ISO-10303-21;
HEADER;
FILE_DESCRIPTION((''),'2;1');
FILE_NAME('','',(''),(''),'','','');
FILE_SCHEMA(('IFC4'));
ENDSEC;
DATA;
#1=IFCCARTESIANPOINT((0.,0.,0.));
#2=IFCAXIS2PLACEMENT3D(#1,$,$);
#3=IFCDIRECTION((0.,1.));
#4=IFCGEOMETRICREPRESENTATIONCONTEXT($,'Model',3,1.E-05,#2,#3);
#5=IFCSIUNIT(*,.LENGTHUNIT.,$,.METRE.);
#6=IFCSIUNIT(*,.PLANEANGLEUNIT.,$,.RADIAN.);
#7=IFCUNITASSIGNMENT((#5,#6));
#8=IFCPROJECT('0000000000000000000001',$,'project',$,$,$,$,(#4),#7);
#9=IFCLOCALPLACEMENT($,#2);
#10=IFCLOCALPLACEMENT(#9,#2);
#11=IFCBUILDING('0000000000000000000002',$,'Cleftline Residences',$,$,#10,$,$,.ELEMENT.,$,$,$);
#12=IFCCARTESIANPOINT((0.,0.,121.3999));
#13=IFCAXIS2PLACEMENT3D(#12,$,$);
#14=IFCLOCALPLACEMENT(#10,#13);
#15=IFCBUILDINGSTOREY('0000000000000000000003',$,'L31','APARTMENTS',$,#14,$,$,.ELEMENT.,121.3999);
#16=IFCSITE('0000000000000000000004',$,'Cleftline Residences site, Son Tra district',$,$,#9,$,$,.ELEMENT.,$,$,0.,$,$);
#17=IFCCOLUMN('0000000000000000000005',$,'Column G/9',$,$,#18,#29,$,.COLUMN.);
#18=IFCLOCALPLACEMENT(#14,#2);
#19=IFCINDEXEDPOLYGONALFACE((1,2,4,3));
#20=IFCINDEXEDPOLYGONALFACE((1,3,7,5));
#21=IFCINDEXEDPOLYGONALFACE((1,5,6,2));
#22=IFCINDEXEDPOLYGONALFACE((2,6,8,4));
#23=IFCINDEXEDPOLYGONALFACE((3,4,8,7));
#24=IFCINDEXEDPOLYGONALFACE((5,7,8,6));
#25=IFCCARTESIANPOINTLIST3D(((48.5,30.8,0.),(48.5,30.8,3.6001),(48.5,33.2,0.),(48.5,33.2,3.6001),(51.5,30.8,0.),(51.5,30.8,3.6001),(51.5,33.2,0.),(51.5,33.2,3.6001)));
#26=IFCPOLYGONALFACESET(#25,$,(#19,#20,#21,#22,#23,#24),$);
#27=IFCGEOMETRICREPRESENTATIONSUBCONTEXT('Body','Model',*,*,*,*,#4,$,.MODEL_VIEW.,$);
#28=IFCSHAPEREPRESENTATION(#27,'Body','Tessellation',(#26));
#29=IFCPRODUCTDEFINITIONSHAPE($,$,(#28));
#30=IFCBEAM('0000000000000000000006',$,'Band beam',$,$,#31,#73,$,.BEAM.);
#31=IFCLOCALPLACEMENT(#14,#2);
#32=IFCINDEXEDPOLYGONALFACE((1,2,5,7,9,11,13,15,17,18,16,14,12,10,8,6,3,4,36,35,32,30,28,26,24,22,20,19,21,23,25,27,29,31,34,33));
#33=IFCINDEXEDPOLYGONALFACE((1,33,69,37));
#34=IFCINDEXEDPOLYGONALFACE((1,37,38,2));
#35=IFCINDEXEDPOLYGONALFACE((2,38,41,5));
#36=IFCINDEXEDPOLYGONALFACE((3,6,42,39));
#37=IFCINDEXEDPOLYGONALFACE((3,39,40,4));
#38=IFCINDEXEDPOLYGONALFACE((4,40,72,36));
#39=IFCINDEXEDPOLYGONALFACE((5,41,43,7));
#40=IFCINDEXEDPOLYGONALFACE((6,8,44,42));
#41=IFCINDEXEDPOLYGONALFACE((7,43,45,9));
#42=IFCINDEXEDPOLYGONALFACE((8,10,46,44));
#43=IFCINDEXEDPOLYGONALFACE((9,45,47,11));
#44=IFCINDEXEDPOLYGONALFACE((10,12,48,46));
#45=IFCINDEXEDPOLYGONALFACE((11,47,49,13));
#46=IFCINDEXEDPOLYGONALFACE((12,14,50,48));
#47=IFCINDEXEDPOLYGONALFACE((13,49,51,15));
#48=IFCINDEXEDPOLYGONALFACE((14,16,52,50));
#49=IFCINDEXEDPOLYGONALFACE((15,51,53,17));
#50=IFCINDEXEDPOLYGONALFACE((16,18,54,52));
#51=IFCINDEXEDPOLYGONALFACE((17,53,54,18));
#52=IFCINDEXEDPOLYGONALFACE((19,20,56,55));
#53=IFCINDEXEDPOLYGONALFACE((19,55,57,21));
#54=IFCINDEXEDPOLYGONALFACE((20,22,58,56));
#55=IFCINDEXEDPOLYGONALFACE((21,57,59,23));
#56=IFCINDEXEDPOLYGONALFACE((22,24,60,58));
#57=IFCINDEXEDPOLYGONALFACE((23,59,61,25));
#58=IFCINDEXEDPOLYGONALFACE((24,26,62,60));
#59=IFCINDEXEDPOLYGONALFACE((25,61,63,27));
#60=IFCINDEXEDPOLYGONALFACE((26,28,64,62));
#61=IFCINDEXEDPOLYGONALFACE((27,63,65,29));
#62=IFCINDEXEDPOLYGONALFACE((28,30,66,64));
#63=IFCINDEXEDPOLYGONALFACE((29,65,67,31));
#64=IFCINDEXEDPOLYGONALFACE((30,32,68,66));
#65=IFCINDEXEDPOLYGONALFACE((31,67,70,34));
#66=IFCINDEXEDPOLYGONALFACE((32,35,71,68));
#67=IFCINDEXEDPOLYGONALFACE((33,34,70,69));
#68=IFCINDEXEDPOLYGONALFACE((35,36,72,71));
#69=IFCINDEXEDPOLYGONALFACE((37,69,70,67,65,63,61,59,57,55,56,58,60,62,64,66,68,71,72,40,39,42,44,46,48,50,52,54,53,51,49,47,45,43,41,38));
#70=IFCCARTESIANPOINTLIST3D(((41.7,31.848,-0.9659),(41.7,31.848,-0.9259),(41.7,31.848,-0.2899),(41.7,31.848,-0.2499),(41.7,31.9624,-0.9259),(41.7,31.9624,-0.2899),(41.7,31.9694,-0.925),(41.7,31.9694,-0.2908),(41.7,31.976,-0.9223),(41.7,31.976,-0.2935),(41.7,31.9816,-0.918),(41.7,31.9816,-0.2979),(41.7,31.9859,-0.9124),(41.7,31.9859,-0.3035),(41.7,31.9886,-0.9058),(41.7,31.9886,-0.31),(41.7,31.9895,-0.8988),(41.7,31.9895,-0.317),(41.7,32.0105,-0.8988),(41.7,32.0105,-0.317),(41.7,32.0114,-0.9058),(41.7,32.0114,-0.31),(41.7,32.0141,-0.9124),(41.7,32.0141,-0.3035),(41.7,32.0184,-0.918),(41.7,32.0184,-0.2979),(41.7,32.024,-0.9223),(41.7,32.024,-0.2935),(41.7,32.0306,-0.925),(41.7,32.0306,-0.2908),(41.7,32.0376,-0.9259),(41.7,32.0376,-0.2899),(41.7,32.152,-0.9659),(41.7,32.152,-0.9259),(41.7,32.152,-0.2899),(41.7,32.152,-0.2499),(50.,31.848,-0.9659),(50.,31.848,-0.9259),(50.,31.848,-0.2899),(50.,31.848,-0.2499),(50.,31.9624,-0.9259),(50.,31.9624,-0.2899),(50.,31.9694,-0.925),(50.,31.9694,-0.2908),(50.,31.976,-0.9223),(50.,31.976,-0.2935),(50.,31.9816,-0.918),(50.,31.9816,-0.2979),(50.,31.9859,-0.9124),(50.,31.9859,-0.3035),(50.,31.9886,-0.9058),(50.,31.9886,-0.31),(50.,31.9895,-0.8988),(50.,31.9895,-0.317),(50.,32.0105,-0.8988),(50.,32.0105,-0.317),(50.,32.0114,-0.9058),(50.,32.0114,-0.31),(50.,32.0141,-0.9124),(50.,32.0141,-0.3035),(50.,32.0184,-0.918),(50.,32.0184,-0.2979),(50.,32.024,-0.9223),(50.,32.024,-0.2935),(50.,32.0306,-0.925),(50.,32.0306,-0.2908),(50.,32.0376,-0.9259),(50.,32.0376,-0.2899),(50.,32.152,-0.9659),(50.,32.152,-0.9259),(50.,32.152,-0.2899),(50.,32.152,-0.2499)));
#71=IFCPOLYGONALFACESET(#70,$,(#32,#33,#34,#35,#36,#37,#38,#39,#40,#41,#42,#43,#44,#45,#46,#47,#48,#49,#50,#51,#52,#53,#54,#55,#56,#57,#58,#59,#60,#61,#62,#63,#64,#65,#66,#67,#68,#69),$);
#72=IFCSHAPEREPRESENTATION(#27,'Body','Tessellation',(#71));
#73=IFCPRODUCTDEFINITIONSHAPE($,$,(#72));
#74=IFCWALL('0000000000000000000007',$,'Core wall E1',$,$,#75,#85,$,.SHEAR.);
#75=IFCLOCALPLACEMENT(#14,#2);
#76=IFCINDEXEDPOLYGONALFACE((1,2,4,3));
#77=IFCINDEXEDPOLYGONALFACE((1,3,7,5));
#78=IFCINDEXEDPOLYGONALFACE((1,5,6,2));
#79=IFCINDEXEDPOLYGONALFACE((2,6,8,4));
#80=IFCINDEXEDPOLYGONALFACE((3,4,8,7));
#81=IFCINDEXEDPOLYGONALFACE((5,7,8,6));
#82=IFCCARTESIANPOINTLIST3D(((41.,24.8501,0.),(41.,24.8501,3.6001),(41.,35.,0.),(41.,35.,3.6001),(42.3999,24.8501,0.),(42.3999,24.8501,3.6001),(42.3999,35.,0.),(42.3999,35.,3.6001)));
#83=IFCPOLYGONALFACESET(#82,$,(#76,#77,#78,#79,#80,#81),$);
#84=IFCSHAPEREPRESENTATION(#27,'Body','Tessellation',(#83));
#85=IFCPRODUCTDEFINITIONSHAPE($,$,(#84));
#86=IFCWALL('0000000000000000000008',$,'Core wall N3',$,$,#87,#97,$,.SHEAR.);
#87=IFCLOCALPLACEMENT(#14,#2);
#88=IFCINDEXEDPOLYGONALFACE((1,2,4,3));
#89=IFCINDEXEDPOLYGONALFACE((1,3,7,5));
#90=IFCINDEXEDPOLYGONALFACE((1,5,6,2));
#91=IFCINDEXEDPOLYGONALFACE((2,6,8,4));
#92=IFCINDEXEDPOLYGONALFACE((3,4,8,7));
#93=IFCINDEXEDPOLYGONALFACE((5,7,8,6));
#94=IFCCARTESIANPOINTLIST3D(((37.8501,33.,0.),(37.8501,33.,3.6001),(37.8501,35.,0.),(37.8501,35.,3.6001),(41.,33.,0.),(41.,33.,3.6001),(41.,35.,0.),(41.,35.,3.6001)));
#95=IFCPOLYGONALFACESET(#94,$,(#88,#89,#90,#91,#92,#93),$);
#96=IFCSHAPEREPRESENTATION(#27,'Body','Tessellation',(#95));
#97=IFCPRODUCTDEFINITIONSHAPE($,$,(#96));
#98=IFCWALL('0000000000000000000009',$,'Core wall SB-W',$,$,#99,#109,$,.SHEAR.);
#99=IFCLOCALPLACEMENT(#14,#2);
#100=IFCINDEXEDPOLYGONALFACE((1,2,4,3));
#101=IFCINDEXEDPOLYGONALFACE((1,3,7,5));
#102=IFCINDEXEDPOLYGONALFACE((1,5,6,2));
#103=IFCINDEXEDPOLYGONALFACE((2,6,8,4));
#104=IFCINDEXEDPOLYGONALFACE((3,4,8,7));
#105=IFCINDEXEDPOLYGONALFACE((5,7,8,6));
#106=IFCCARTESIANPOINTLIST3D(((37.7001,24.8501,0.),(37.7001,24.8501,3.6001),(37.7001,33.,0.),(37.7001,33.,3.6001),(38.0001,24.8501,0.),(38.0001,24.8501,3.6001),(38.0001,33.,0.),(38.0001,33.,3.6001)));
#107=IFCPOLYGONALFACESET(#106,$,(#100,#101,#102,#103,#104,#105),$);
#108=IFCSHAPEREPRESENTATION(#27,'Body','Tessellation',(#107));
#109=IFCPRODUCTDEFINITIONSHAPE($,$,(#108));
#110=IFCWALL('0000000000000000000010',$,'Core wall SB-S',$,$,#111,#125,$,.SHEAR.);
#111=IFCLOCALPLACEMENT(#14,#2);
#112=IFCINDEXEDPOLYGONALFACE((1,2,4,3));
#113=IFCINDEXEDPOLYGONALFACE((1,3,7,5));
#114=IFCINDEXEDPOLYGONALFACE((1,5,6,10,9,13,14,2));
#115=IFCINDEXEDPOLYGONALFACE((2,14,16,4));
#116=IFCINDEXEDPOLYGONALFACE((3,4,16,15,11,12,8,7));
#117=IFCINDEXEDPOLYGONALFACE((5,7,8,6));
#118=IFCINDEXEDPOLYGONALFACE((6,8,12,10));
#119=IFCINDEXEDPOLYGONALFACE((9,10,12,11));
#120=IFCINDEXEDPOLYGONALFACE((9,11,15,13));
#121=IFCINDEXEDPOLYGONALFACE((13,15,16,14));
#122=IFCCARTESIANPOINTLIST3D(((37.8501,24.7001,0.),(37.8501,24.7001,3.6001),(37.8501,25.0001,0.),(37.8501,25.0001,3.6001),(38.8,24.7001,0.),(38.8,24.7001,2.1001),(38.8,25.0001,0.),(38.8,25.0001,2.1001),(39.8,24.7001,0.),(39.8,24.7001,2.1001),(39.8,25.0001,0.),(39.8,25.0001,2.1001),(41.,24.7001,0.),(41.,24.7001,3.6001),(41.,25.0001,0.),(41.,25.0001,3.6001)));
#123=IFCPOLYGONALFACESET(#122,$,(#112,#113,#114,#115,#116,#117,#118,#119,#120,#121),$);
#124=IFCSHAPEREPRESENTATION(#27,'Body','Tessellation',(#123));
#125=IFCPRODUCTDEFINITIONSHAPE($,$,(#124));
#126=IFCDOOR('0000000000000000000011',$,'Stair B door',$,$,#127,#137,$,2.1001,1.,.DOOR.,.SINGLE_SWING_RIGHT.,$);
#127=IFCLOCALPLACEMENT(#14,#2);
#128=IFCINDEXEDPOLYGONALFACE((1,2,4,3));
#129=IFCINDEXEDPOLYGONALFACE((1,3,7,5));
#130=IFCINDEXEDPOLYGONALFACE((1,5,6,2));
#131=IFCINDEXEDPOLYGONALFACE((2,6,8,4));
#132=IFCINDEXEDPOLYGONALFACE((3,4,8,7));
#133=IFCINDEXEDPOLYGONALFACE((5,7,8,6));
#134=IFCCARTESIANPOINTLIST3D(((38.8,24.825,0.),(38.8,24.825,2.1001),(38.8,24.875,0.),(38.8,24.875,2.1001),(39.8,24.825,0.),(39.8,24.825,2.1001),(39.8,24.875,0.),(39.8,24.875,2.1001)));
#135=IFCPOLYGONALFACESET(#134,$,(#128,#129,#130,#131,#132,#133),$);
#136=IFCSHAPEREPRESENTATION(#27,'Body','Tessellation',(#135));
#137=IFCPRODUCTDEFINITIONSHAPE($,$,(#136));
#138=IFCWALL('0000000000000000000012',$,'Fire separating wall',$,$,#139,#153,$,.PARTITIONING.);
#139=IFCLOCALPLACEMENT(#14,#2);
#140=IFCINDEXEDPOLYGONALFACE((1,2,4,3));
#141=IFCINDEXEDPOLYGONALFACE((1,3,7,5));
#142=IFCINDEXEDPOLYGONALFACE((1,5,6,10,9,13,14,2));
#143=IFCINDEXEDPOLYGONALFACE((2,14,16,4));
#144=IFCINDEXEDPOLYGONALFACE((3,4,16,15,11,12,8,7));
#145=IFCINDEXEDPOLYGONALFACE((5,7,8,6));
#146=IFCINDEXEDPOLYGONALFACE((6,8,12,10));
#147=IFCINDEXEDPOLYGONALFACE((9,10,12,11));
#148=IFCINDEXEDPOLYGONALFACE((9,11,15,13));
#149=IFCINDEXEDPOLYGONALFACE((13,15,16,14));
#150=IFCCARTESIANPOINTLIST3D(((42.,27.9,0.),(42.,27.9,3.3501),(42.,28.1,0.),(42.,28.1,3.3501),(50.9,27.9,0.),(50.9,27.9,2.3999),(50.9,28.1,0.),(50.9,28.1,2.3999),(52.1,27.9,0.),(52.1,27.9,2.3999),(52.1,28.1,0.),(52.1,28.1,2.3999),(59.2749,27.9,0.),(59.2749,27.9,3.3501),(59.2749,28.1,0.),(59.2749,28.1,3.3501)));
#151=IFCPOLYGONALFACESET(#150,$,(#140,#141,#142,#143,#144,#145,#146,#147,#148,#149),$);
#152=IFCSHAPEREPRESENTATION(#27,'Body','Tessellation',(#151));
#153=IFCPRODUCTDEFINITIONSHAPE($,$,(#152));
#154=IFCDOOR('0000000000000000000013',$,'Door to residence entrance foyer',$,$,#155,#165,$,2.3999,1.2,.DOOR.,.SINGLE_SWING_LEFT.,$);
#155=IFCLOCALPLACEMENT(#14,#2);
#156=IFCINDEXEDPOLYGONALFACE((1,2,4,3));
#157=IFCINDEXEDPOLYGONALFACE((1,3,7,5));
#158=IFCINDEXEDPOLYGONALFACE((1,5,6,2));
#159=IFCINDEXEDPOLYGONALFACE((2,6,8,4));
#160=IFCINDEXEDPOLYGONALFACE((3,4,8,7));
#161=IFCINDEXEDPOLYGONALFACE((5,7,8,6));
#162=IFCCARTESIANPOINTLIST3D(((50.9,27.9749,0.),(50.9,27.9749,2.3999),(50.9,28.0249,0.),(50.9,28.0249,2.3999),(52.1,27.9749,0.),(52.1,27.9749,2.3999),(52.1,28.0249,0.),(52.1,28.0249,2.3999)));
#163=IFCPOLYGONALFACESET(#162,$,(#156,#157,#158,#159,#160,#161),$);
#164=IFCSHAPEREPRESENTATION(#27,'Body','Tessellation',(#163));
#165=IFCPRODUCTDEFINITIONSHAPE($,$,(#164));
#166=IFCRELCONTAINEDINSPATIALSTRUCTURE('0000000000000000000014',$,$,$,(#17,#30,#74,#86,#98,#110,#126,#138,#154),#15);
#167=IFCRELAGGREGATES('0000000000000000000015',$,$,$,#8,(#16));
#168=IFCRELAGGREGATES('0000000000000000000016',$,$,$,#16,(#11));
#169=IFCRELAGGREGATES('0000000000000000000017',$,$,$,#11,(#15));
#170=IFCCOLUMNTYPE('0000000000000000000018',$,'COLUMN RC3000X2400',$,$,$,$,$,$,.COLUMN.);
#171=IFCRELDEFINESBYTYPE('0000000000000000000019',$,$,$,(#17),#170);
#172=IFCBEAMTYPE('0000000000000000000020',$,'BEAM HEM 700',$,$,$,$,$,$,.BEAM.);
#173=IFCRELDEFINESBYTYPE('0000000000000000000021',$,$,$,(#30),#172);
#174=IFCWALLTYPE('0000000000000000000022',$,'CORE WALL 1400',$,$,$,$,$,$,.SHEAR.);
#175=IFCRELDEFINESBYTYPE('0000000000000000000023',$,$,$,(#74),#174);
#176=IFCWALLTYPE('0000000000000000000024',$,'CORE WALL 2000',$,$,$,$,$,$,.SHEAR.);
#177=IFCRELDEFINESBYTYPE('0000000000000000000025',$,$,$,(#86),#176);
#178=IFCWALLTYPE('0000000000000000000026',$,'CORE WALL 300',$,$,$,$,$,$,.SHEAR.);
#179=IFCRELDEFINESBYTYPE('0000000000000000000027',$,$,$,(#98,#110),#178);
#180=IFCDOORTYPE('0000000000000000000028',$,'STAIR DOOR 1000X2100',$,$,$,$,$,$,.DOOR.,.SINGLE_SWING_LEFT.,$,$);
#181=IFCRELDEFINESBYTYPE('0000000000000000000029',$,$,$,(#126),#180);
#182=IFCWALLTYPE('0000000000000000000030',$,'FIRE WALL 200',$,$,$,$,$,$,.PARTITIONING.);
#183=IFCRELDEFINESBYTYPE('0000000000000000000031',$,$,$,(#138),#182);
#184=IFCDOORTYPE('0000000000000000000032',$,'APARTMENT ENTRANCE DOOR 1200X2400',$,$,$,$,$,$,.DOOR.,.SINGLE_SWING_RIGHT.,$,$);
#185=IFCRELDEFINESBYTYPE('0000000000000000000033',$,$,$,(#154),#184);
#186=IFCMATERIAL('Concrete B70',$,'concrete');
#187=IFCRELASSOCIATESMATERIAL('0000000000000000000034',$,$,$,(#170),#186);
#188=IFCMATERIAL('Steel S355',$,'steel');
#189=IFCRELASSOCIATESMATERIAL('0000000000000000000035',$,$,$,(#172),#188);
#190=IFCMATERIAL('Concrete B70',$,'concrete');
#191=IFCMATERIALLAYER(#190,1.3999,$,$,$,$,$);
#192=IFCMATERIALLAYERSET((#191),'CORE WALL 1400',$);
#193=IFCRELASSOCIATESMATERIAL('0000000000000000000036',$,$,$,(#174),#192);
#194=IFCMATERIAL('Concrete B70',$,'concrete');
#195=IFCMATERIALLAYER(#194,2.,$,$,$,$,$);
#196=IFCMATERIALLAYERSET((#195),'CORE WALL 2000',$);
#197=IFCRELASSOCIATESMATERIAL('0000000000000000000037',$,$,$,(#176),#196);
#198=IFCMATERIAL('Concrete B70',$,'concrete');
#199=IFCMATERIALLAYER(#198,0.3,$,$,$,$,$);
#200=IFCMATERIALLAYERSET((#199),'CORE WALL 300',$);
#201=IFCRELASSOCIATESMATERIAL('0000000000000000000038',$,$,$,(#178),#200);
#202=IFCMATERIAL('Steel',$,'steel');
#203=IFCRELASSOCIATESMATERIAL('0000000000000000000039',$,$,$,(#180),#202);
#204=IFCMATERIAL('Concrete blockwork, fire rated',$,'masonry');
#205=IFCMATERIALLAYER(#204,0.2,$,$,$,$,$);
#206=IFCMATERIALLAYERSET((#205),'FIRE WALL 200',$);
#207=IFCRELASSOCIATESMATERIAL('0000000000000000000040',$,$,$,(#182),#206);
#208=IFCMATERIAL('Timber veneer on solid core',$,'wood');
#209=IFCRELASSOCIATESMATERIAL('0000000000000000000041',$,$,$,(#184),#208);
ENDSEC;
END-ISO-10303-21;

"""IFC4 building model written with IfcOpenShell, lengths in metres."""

from ifc_helpers import new_model, si_unit, direction, frame, frame_2d, origin, origin_2d, place, context, subcontext, project, spatial, rectangle, i_section, extrude, material, layer, layer_set, material_profile, profile_set, type_object, element, fill, save


model = new_model("IFC4")

# Units and contexts
model_context = context("Model", 3, precision=1e-05, world=origin(), true_north=direction((0.0, 1.0)))
body_context = subcontext(model_context, "Body", "Model", "MODEL_VIEW")
ifc_project = project(units=[si_unit("LENGTHUNIT", "METRE"), si_unit("PLANEANGLEUNIT", "RADIAN")], contexts=[model_context])

# Site, building, storey
site_placement = place(None, origin())
site = spatial("IfcSite", under=ifc_project, at=site_placement, Name="Cleftline Residences site, Son Tra district", CompositionType="ELEMENT", RefElevation=0.0)
building_placement = place(site_placement, origin())
building = spatial("IfcBuilding", under=site, at=building_placement, Name="Cleftline Residences", CompositionType="ELEMENT")
storey_placement = place(building_placement, frame((0.0, 0.0, 121.3999)))
storey = spatial("IfcBuildingStorey", under=building, at=storey_placement, Name="L31", Description="APARTMENTS", CompositionType="ELEMENT", Elevation=121.3999)

# Column
ifc_material_1 = material(Name="Concrete B70", Category="concrete")
ifc_material_profile_1 = material_profile(ifc_material_1, rectangle(XDim=3.0, YDim=2.3999, at=origin_2d()))
ifc_profile_set_1 = profile_set([ifc_material_profile_1], Name="Concrete B70")
column_type = type_object("IfcColumnType", Name="COLUMN RC3000X2400", PredefinedType="COLUMN", material=ifc_profile_set_1)
column_placement = place(storey_placement, frame((50.0, 32.0, 0.0), z_axis=(0.0, 0.0, 1.0), x_axis=(1.0, 0.0, 0.0)))
element("IfcColumn", 1, at=column_placement, inside=storey, type_object=column_type, Name="Column G/9", PredefinedType="COLUMN", context=body_context, shape_type="SweptSolid", body=[
    extrude(rectangle(XDim=3.0, YDim=2.3999, at=origin_2d()), origin(), (0.0, 0.0, 1.0), 3.6001),
])

# Beam
ifc_material_2 = material(Name="Steel S355", Category="steel")
ifc_material_profile_2 = material_profile(ifc_material_2, i_section(OverallWidth=0.304, OverallDepth=0.7161, WebThickness=0.021, FlangeThickness=0.04, FilletRadius=0.0271, at=origin_2d()))
ifc_profile_set_2 = profile_set([ifc_material_profile_2], Name="Steel S355")
beam_type = type_object("IfcBeamType", Name="BEAM HEM 700", PredefinedType="BEAM", material=ifc_profile_set_2)
beam_placement = place(storey_placement, frame((50.0, 32.0, -0.6079), z_axis=(-1.0, 0.0, 0.0), x_axis=(0.0, -1.0, 0.0)))
element("IfcBeam", 2, at=beam_placement, inside=storey, type_object=beam_type, Name="Band beam", PredefinedType="BEAM", context=body_context, shape_type="SweptSolid", body=[
    extrude(i_section(OverallWidth=0.304, OverallDepth=0.7161, WebThickness=0.021, FlangeThickness=0.04, FilletRadius=0.0271, at=origin_2d()), origin(), (0.0, 0.0, 1.0), 8.3),
])

# Walls
ifc_material_3 = material(Name="Concrete B70", Category="concrete")
ifc_layer_1 = layer(ifc_material_3, 1.3999)
ifc_layer_set_1 = layer_set([ifc_layer_1], Name="CORE WALL 1400")
wall_type_1 = type_object("IfcWallType", Name="CORE WALL 1400", PredefinedType="SHEAR", material=ifc_layer_set_1)
wall_1_placement = place(storey_placement, frame((41.7, 24.8501, 0.0), z_axis=(0.0, 0.0, 1.0), x_axis=(0.0, 1.0, 0.0)))
element("IfcWall", 3, at=wall_1_placement, inside=storey, type_object=wall_type_1, Name="Core wall E1", PredefinedType="SHEAR", context=body_context, shape_type="SweptSolid", body=[
    extrude(rectangle(XDim=10.1499, YDim=1.3999, at=frame_2d((5.075, 0.0))), origin(), (0.0, 0.0, 1.0), 3.6001),
])
ifc_material_4 = material(Name="Concrete B70", Category="concrete")
ifc_layer_2 = layer(ifc_material_4, 2.0)
ifc_layer_set_2 = layer_set([ifc_layer_2], Name="CORE WALL 2000")
wall_type_2 = type_object("IfcWallType", Name="CORE WALL 2000", PredefinedType="SHEAR", material=ifc_layer_set_2)
wall_2_placement = place(storey_placement, frame((37.8501, 34.0, 0.0), z_axis=(0.0, 0.0, 1.0), x_axis=(1.0, 0.0, 0.0)))
element("IfcWall", 4, at=wall_2_placement, inside=storey, type_object=wall_type_2, Name="Core wall N3", PredefinedType="SHEAR", context=body_context, shape_type="SweptSolid", body=[
    extrude(rectangle(XDim=3.1499, YDim=2.0, at=frame_2d((1.575, 0.0))), origin(), (0.0, 0.0, 1.0), 3.6001),
])
ifc_material_5 = material(Name="Concrete B70", Category="concrete")
ifc_layer_3 = layer(ifc_material_5, 0.3)
ifc_layer_set_3 = layer_set([ifc_layer_3], Name="CORE WALL 300")
wall_type_3 = type_object("IfcWallType", Name="CORE WALL 300", PredefinedType="SHEAR", material=ifc_layer_set_3)
wall_3_placement = place(storey_placement, frame((37.8501, 24.8501, 0.0), z_axis=(0.0, 0.0, 1.0), x_axis=(0.0, 1.0, 0.0)))
element("IfcWall", 5, at=wall_3_placement, inside=storey, type_object=wall_type_3, Name="Core wall SB-W", PredefinedType="SHEAR", context=body_context, shape_type="SweptSolid", body=[
    extrude(rectangle(XDim=8.1499, YDim=0.3, at=frame_2d((4.075, 0.0))), origin(), (0.0, 0.0, 1.0), 3.6001),
])

# Walls, openings, doors
wall_4_placement = place(storey_placement, frame((37.8501, 24.8501, 0.0), z_axis=(0.0, 0.0, 1.0), x_axis=(1.0, 0.0, 0.0)))
wall_4 = element("IfcWall", 6, at=wall_4_placement, inside=storey, type_object=wall_type_3, Name="Core wall SB-S", PredefinedType="SHEAR", context=body_context, shape_type="SweptSolid", body=[
    extrude(rectangle(XDim=3.1499, YDim=0.3, at=frame_2d((1.575, 0.0))), origin(), (0.0, 0.0, 1.0), 3.6001),
])
opening_1_placement = place(wall_4_placement, frame((0.95, 0.0, 0.0)))
opening_1 = element("IfcOpeningElement", 7, at=opening_1_placement, cuts=wall_4, PredefinedType="OPENING", context=body_context, shape_type="SweptSolid", body=[
    extrude(rectangle(XDim=1.0, YDim=2.1001, at=frame_2d((0.5, 1.05))), frame((0.0, 0.1599, 0.0), z_axis=(0.0, -1.0, 0.0), x_axis=(1.0, 0.0, 0.0)), (0.0, 0.0, 1.0), 0.3201),
])
ifc_material_6 = material(Name="Steel", Category="steel")
door_type_1 = type_object("IfcDoorType", Name="STAIR DOOR 1000X2100", OperationType="SINGLE_SWING_LEFT", PredefinedType="DOOR", material=ifc_material_6)
door_1_placement = place(opening_1_placement, origin())
door_1 = element("IfcDoor", 8, at=door_1_placement, inside=storey, type_object=door_type_1, Name="Stair B door", OperationType="SINGLE_SWING_RIGHT", OverallHeight=2.1001, OverallWidth=1.0, PredefinedType="DOOR", context=body_context, shape_type="SweptSolid", body=[
    extrude(rectangle(XDim=1.0, YDim=2.1001, at=frame_2d((0.5, 1.05))), frame((0.0, 0.0249, 0.0), z_axis=(0.0, -1.0, 0.0), x_axis=(1.0, 0.0, 0.0)), (0.0, 0.0, 1.0), 0.05),
])
fill(opening_1, door_1)
ifc_material_7 = material(Name="Concrete blockwork, fire rated", Category="masonry")
ifc_layer_4 = layer(ifc_material_7, 0.2)
ifc_layer_set_4 = layer_set([ifc_layer_4], Name="FIRE WALL 200")
wall_type_4 = type_object("IfcWallType", Name="FIRE WALL 200", PredefinedType="PARTITIONING", material=ifc_layer_set_4)
wall_5_placement = place(storey_placement, frame((42.0, 28.0, 0.0), z_axis=(0.0, 0.0, 1.0), x_axis=(1.0, 0.0, 0.0)))
wall_5 = element("IfcWall", 9, at=wall_5_placement, inside=storey, type_object=wall_type_4, Name="Fire separating wall", PredefinedType="PARTITIONING", context=body_context, shape_type="SweptSolid", body=[
    extrude(rectangle(XDim=17.2749, YDim=0.2, at=frame_2d((8.6375, 0.0))), origin(), (0.0, 0.0, 1.0), 3.3501),
])
opening_2_placement = place(wall_5_placement, frame((8.8999, 0.0, 0.0)))
opening_2 = element("IfcOpeningElement", 10, at=opening_2_placement, cuts=wall_5, PredefinedType="OPENING", context=body_context, shape_type="SweptSolid", body=[
    extrude(rectangle(XDim=1.2, YDim=2.3999, at=frame_2d((0.6001, 1.2))), frame((0.0, 0.1099, 0.0), z_axis=(0.0, -1.0, 0.0), x_axis=(1.0, 0.0, 0.0)), (0.0, 0.0, 1.0), 0.22),
])
ifc_material_8 = material(Name="Timber veneer on solid core", Category="wood")
door_type_2 = type_object("IfcDoorType", Name="APARTMENT ENTRANCE DOOR 1200X2400", OperationType="SINGLE_SWING_RIGHT", PredefinedType="DOOR", material=ifc_material_8)
door_2_placement = place(opening_2_placement, origin())
door_2 = element("IfcDoor", 11, at=door_2_placement, inside=storey, type_object=door_type_2, Name="Door to residence entrance foyer", OperationType="SINGLE_SWING_LEFT", OverallHeight=2.3999, OverallWidth=1.2, PredefinedType="DOOR", context=body_context, shape_type="SweptSolid", body=[
    extrude(rectangle(XDim=1.2, YDim=2.3999, at=frame_2d((0.6001, 1.2))), frame((0.0, 0.0249, 0.0), z_axis=(0.0, -1.0, 0.0), x_axis=(1.0, 0.0, 0.0)), (0.0, 0.0, 1.0), 0.05),
])
fill(opening_2, door_2)

save(model, "model.ifc")
